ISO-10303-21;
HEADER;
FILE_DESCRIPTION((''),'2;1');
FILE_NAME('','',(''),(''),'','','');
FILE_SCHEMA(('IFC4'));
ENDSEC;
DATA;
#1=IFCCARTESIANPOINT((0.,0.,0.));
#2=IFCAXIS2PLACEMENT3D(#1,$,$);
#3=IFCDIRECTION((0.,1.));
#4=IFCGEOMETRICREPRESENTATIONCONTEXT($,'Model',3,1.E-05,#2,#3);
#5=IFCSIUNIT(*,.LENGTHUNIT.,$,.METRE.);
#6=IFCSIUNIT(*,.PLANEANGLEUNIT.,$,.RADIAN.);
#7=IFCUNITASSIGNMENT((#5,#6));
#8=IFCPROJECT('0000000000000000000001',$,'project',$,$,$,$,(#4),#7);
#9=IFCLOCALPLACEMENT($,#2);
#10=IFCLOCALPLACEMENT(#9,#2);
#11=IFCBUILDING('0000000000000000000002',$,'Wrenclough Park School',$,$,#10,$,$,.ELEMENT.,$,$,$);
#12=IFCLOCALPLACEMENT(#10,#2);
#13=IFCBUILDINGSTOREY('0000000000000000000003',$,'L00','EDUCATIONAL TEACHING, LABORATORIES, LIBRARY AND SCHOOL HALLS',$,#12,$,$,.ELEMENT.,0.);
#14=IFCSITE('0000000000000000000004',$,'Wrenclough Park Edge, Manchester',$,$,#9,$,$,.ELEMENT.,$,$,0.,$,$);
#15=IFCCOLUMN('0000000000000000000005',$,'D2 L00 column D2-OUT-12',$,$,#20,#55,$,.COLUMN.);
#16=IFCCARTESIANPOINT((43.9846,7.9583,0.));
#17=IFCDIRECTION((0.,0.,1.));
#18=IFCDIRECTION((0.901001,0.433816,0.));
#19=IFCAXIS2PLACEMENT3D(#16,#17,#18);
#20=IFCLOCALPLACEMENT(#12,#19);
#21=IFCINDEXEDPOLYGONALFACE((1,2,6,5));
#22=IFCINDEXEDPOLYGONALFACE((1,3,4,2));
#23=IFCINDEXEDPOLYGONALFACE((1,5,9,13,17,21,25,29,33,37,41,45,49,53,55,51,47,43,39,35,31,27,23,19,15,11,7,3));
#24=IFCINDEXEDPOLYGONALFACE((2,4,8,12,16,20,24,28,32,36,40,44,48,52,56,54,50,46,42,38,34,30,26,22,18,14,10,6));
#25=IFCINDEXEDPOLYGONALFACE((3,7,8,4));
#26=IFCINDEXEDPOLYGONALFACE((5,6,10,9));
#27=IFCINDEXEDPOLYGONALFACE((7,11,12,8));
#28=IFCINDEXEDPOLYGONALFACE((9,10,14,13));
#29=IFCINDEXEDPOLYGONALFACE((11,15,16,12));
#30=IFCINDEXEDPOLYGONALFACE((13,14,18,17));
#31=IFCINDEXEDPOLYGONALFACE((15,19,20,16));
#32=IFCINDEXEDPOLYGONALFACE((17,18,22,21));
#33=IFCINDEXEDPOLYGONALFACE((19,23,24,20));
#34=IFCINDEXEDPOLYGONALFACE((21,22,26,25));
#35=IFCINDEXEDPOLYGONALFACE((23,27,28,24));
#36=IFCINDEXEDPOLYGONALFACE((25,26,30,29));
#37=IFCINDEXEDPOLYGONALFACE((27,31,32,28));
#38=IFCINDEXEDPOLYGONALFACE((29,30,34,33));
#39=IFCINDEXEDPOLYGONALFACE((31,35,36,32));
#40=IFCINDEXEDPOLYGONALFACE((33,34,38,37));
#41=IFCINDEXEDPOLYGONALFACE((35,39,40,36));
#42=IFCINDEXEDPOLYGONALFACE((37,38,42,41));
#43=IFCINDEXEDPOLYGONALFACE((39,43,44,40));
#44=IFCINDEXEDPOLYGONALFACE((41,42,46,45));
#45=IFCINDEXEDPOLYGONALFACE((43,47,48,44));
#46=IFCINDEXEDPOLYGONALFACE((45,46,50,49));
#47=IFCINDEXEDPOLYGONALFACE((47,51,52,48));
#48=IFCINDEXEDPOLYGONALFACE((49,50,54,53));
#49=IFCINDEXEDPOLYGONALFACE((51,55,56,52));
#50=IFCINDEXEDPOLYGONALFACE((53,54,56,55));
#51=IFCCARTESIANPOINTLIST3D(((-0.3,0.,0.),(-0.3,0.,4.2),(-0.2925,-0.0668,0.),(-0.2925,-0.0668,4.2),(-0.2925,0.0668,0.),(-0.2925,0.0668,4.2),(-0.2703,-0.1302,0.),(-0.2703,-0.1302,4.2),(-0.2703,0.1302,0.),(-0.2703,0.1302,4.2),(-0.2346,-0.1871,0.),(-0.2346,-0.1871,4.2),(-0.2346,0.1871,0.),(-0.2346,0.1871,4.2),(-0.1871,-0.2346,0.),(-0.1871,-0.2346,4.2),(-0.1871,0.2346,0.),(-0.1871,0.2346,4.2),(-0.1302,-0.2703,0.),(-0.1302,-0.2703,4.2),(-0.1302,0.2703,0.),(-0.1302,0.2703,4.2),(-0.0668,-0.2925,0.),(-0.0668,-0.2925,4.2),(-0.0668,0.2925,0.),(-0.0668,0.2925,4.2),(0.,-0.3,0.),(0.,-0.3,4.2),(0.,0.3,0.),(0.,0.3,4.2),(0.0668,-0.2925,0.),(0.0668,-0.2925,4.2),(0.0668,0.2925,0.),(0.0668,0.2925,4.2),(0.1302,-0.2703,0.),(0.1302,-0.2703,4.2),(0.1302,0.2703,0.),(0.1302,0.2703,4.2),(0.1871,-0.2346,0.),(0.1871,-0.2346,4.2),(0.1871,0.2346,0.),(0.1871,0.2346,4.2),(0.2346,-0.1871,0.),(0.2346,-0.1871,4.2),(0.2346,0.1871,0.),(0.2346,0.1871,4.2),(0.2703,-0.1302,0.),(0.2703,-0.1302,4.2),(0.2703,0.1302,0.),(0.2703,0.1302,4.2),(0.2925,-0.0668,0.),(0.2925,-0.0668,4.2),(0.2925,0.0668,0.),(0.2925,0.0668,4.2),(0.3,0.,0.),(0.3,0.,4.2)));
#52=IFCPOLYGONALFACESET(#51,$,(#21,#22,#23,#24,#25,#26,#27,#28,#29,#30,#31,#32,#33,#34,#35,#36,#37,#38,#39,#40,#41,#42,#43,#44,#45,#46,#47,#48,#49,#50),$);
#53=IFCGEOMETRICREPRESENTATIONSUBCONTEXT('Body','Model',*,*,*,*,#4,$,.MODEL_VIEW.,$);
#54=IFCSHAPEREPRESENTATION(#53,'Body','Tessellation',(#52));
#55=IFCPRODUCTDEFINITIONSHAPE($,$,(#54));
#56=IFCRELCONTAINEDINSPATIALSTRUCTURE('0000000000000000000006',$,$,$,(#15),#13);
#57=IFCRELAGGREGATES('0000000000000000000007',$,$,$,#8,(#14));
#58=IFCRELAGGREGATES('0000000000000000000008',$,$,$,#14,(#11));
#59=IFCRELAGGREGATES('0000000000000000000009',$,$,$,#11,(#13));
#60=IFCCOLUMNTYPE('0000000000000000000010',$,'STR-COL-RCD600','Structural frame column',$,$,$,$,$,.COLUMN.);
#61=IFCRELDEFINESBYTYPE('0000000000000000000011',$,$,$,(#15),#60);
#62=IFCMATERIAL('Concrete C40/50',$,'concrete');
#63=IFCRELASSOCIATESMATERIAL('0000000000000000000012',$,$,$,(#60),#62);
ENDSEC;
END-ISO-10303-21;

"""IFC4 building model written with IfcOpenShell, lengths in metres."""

from ifc_helpers import new_model, si_unit, direction, frame, origin, origin_2d, place, context, subcontext, project, spatial, circle, extrude, material, material_profile, profile_set, type_object, element, save


model = new_model("IFC4")

# Units and contexts
model_context = context("Model", 3, precision=1e-05, world=origin(), true_north=direction((0.0, 1.0)))
body_context = subcontext(model_context, "Body", "Model", "MODEL_VIEW")
ifc_project = project(units=[si_unit("LENGTHUNIT", "METRE"), si_unit("PLANEANGLEUNIT", "RADIAN")], contexts=[model_context])

# Site, building, storey
site_placement = place(None, origin())
site = spatial("IfcSite", under=ifc_project, at=site_placement, Name="Wrenclough Park Edge, Manchester", CompositionType="ELEMENT", RefElevation=0.0)
building_placement = place(site_placement, origin())
building = spatial("IfcBuilding", under=site, at=building_placement, Name="Wrenclough Park School", CompositionType="ELEMENT")
storey_placement = place(building_placement, origin())
storey = spatial("IfcBuildingStorey", under=building, at=storey_placement, Name="L00", Description="EDUCATIONAL TEACHING, LABORATORIES, LIBRARY AND SCHOOL HALLS", CompositionType="ELEMENT", Elevation=0.0)

# Column
ifc_material_1 = material(Name="Concrete C40/50", Category="concrete")
ifc_material_profile_1 = material_profile(ifc_material_1, circle(Radius=0.3, at=origin_2d()), Name="RC COL D600")
ifc_profile_set_1 = profile_set([ifc_material_profile_1], Name="Concrete C40/50")
column_type = type_object("IfcColumnType", Name="STR-COL-RCD600", Description="Structural frame column", PredefinedType="COLUMN", material=ifc_profile_set_1)
column_placement = place(storey_placement, frame((43.9846, 7.9583, 0.0), z_axis=(0.0, 0.0, 1.0), x_axis=(0.901001, 0.433816, 0.0)))
element("IfcColumn", 1, at=column_placement, inside=storey, type_object=column_type, Name="D2 L00 column D2-OUT-12", PredefinedType="COLUMN", context=body_context, shape_type="SweptSolid", body=[
    extrude(circle(Radius=0.3, at=origin_2d()), origin(), (0.0, 0.0, 1.0), 4.2),
])

save(model, "model.ifc")
